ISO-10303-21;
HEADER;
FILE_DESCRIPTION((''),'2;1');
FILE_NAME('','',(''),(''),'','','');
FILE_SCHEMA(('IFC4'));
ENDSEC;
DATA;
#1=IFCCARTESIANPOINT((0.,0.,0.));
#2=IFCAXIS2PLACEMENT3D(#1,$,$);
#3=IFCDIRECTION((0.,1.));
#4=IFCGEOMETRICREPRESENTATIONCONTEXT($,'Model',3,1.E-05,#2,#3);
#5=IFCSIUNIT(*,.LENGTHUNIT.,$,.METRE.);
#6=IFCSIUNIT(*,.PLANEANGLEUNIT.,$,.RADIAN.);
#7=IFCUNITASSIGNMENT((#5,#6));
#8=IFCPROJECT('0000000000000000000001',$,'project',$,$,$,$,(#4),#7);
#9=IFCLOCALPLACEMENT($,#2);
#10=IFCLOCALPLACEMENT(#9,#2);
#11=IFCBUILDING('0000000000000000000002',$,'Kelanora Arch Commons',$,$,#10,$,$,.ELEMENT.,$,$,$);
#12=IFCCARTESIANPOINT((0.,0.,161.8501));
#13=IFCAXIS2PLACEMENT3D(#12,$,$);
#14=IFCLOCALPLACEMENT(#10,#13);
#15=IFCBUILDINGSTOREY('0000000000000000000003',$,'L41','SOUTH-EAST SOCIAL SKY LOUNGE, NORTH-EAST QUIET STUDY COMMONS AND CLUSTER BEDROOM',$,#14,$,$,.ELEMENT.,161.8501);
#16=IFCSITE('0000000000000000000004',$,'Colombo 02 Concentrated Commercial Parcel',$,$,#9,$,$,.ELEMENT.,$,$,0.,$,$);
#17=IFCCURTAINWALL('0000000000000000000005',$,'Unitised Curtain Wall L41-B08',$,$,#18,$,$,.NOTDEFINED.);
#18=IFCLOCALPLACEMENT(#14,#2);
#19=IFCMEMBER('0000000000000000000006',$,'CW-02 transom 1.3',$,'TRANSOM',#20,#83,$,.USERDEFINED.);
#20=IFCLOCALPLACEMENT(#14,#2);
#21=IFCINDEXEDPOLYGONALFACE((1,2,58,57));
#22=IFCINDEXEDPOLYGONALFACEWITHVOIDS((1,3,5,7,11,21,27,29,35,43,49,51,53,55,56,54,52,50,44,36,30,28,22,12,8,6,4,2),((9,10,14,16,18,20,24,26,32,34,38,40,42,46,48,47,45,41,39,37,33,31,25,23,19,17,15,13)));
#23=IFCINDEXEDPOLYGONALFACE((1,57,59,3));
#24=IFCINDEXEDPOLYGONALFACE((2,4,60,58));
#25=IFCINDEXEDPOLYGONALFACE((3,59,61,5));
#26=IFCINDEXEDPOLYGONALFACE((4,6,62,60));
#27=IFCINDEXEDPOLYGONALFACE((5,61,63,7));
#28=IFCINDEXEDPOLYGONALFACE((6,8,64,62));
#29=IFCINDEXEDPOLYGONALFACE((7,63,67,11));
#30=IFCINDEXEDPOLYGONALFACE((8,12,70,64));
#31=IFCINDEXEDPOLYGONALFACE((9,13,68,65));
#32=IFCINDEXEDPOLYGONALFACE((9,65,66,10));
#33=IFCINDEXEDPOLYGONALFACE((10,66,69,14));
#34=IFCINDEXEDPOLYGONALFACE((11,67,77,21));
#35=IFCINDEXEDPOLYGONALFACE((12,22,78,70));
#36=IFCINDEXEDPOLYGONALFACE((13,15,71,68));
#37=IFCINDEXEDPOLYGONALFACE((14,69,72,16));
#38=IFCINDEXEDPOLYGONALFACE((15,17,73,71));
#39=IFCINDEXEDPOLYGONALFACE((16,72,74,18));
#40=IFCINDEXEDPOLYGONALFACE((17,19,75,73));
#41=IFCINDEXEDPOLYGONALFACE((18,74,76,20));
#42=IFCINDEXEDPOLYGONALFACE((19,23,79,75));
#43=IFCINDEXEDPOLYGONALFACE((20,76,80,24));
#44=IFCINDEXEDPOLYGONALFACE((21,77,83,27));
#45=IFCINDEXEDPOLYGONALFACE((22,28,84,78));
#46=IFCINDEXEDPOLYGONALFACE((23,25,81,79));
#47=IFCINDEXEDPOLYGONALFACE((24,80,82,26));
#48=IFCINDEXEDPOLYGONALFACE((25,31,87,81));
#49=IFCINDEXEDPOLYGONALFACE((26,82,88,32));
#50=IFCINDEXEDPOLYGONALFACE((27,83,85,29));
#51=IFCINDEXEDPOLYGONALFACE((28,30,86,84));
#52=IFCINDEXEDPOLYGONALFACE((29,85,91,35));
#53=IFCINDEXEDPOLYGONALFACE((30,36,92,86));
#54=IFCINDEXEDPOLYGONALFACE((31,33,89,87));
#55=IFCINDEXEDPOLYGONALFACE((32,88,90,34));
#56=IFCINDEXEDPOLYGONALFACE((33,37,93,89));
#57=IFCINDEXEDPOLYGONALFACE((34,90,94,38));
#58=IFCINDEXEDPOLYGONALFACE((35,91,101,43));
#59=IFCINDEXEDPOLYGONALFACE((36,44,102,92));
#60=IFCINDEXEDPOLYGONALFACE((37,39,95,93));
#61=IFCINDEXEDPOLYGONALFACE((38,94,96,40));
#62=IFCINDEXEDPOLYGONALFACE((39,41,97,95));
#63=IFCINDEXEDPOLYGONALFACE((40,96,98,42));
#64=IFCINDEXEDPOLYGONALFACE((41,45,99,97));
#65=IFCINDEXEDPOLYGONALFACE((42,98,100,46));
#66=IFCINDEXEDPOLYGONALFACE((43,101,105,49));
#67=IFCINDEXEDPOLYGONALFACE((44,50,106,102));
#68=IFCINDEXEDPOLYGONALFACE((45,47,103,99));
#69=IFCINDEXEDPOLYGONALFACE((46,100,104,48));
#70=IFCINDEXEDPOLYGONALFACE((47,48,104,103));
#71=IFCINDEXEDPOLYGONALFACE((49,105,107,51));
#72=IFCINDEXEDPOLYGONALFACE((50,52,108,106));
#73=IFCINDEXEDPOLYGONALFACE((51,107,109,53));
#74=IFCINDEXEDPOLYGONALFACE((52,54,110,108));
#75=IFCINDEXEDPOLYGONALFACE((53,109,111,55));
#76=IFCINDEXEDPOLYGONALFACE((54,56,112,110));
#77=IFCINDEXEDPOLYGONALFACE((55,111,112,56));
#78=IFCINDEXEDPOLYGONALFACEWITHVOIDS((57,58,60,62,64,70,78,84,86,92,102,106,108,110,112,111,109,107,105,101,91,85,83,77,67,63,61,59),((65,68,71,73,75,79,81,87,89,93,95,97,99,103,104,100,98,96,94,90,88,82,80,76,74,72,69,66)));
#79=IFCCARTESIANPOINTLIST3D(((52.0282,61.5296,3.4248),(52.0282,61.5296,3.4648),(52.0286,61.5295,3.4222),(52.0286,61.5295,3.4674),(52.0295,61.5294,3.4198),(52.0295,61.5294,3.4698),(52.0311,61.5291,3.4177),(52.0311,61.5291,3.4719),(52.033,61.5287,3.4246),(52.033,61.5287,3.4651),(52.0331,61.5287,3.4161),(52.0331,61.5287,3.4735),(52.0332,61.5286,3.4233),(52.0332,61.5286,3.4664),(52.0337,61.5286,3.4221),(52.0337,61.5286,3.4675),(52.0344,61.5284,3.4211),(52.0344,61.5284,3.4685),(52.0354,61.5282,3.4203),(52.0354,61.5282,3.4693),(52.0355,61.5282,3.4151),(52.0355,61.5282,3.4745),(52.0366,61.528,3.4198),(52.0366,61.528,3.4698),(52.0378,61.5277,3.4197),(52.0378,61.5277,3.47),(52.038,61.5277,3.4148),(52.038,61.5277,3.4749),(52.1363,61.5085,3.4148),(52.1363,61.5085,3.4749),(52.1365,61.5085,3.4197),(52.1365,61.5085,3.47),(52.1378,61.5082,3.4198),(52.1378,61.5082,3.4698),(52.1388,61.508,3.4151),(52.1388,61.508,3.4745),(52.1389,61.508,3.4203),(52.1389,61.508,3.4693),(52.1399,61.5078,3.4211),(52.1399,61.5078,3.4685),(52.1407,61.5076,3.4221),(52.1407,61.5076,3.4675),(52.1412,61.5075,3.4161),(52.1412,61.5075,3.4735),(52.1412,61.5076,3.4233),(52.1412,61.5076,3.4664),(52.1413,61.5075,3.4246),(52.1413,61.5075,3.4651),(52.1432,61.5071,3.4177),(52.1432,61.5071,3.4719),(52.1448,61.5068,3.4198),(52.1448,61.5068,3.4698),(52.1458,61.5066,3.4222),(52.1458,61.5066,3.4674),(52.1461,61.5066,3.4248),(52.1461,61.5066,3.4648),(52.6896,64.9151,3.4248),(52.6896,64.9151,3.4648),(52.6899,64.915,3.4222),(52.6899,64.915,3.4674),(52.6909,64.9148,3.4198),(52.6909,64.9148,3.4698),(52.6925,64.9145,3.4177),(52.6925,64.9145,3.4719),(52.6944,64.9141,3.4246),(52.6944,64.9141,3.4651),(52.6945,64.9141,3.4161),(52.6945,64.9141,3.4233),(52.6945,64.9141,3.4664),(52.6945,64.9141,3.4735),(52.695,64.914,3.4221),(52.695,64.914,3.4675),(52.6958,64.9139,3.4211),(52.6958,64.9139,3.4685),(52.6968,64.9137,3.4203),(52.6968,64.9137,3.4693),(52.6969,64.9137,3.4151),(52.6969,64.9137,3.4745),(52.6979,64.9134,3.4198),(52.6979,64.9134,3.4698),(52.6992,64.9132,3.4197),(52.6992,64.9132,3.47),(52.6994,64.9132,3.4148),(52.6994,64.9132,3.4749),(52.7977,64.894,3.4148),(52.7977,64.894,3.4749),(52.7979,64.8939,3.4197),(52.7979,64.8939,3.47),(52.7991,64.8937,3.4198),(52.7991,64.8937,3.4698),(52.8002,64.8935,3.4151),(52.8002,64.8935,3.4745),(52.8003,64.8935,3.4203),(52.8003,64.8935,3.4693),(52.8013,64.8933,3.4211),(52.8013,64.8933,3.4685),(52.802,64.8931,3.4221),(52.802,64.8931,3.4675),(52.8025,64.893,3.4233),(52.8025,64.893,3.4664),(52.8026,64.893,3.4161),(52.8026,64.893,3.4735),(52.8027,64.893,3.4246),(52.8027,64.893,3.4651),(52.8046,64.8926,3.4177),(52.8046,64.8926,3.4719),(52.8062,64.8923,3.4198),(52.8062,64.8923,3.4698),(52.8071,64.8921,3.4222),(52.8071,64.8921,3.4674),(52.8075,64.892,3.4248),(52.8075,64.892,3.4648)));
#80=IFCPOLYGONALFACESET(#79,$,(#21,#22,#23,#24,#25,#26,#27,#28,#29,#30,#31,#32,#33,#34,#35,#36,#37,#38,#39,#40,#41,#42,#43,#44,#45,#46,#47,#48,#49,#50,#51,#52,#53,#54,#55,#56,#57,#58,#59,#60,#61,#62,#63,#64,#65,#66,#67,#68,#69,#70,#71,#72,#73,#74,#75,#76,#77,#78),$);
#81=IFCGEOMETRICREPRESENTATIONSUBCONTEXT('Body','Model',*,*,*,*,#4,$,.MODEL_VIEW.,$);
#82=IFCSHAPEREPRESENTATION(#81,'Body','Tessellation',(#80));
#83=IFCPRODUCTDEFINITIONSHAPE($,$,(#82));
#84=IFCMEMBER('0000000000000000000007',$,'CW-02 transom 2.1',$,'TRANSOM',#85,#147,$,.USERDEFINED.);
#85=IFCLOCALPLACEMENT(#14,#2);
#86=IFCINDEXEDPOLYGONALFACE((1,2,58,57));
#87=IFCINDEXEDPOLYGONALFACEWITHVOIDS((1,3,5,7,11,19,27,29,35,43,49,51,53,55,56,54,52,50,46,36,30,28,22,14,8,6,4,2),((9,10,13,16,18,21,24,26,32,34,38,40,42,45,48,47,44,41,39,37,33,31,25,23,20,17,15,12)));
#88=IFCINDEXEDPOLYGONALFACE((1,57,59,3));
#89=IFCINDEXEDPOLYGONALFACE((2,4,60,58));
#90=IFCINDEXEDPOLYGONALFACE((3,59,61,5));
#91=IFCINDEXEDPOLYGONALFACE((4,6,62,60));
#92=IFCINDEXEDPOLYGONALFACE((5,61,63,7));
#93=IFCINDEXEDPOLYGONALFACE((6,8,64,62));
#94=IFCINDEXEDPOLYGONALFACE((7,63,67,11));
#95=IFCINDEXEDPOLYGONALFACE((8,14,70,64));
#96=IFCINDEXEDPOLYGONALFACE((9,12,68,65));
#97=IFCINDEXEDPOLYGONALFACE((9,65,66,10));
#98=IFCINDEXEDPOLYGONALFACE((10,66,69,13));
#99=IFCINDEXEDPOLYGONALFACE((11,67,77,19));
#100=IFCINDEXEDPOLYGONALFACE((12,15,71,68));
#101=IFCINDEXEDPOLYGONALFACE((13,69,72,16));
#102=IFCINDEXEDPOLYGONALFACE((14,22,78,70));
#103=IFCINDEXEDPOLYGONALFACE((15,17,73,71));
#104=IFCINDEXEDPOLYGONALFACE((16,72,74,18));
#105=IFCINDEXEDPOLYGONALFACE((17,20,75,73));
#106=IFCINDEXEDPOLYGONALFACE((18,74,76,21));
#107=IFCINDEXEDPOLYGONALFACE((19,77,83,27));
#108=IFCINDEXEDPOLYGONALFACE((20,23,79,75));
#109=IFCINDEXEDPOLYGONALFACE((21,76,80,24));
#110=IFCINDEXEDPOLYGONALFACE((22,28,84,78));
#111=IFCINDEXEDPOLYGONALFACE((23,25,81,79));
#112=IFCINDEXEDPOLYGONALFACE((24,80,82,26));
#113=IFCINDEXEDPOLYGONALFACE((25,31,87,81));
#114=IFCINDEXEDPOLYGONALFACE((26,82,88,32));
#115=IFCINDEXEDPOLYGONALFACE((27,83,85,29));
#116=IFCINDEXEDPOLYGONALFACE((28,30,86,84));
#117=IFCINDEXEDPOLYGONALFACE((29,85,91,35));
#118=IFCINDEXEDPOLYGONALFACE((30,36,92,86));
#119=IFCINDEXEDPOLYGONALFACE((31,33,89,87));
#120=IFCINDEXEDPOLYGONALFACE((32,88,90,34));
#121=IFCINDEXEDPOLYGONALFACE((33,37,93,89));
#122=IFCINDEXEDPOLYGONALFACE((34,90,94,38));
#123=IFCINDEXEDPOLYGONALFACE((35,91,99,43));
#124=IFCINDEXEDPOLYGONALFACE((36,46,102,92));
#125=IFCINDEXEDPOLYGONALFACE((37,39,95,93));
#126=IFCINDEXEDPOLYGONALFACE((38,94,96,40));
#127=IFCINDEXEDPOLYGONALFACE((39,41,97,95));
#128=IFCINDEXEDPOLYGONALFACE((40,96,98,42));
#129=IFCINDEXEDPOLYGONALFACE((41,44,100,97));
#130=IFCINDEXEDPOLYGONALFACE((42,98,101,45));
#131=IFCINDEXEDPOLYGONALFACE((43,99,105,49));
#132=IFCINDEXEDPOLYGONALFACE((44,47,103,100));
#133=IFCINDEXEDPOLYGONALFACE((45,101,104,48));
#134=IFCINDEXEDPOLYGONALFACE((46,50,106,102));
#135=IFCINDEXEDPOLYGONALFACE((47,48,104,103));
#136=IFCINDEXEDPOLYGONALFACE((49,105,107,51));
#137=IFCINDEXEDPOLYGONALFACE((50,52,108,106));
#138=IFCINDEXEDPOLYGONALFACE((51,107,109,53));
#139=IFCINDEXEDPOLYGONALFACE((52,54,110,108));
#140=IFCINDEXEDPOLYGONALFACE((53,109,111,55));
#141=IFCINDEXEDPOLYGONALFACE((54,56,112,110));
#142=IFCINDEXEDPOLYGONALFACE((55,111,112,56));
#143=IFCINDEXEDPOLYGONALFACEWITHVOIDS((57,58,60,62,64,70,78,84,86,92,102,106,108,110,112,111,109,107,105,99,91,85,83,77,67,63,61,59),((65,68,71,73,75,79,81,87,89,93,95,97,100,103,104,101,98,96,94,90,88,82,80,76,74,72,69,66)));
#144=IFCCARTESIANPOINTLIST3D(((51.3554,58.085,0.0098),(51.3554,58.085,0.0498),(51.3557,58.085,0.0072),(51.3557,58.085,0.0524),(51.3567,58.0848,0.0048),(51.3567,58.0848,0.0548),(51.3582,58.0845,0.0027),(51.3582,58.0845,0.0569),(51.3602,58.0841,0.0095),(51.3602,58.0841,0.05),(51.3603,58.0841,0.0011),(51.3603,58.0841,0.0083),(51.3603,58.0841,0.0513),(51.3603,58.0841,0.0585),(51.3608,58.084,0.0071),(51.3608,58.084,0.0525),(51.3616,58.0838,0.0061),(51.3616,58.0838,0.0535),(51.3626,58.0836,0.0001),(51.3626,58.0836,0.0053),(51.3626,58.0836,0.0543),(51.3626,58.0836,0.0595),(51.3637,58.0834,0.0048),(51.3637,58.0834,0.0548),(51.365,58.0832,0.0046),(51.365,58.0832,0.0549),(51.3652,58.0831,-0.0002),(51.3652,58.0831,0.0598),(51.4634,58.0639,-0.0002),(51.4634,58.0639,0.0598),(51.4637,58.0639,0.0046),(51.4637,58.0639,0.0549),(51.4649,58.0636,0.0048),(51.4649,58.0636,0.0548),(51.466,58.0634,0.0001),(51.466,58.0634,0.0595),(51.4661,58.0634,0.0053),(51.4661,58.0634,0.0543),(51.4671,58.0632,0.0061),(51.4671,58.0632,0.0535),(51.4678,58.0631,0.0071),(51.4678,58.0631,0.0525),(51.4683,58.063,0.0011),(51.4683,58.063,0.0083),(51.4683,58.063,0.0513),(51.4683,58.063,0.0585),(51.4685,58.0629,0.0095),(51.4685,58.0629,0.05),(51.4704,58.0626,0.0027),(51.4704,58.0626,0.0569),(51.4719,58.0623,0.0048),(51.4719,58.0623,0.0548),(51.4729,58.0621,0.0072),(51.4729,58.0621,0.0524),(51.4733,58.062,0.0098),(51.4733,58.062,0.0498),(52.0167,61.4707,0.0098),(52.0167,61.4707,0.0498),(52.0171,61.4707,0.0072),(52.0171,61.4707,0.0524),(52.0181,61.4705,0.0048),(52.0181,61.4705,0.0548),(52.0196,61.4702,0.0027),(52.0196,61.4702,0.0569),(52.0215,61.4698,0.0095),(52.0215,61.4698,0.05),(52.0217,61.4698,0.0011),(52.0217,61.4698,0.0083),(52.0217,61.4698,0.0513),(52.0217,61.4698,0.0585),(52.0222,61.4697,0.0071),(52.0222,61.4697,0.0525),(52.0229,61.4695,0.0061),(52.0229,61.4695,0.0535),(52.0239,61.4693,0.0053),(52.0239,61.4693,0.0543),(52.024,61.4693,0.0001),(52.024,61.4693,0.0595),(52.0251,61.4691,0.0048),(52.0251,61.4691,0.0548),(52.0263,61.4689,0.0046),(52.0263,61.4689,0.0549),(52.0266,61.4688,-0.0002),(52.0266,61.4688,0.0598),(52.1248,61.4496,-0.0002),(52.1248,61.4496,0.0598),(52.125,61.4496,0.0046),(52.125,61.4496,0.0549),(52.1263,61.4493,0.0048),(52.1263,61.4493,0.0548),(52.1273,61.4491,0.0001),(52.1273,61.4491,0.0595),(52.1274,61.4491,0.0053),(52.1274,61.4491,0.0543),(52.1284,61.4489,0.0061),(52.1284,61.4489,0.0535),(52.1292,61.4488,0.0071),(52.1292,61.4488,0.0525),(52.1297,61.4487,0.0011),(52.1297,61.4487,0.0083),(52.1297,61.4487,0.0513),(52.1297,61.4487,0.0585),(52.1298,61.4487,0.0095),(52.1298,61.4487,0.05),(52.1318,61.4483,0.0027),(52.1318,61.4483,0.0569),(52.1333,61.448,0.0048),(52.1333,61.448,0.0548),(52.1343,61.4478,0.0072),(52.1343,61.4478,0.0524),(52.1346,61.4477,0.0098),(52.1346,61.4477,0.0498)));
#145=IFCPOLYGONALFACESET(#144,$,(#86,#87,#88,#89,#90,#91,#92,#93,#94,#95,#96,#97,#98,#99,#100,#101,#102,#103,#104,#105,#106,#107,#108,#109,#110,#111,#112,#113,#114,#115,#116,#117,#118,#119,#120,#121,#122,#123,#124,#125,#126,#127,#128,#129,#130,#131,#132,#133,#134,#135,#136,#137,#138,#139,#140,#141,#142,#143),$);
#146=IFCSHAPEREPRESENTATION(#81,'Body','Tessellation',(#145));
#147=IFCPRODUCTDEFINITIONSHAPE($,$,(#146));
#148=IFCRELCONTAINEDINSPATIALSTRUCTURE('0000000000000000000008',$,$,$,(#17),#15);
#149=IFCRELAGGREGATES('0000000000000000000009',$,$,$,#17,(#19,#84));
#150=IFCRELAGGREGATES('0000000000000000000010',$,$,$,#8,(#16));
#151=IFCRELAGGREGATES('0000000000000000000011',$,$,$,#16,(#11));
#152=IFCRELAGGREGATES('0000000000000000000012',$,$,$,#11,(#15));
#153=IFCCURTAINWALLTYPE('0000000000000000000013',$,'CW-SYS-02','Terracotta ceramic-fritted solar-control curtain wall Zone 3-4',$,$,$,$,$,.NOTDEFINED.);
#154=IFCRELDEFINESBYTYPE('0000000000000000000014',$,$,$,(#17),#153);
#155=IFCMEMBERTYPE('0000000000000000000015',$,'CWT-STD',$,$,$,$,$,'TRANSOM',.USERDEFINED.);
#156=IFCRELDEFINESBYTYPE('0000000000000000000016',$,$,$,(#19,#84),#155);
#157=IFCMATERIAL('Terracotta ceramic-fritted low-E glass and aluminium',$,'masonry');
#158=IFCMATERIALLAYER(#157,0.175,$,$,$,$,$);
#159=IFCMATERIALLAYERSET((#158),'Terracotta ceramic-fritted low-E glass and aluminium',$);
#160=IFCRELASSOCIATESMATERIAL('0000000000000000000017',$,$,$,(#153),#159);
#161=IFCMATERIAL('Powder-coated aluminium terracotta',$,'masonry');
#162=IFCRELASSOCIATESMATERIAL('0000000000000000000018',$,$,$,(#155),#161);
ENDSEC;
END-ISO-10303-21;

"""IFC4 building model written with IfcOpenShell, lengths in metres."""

from ifc_helpers import new_model, si_unit, direction, frame, origin, origin_2d, place, context, subcontext, project, spatial, hollow_rectangle, extrude, material, layer, layer_set, material_profile, profile_set, type_object, element, aggregate, save


model = new_model("IFC4")

# Units and contexts
model_context = context("Model", 3, precision=1e-05, world=origin(), true_north=direction((0.0, 1.0)))
body_context = subcontext(model_context, "Body", "Model", "MODEL_VIEW")
ifc_project = project(units=[si_unit("LENGTHUNIT", "METRE"), si_unit("PLANEANGLEUNIT", "RADIAN")], contexts=[model_context])

# Site, building, storey
site_placement = place(None, origin())
site = spatial("IfcSite", under=ifc_project, at=site_placement, Name="Colombo 02 Concentrated Commercial Parcel", CompositionType="ELEMENT", RefElevation=0.0)
building_placement = place(site_placement, origin())
building = spatial("IfcBuilding", under=site, at=building_placement, Name="Kelanora Arch Commons", CompositionType="ELEMENT")
storey_placement = place(building_placement, frame((0.0, 0.0, 161.8501)))
storey = spatial("IfcBuildingStorey", under=building, at=storey_placement, Name="L41", Description="SOUTH-EAST SOCIAL SKY LOUNGE, NORTH-EAST QUIET STUDY COMMONS AND CLUSTER BEDROOM", CompositionType="ELEMENT", Elevation=161.8501)

# Curtain wall, members
ifc_material_1 = material(Name="Terracotta ceramic-fritted low-E glass and aluminium", Category="masonry")
ifc_layer_1 = layer(ifc_material_1, 0.175)
ifc_layer_set_1 = layer_set([ifc_layer_1], Name="Terracotta ceramic-fritted low-E glass and aluminium")
curtain_wall_type = type_object("IfcCurtainWallType", Name="CW-SYS-02", Description="Terracotta ceramic-fritted solar-control curtain wall Zone 3-4", PredefinedType="NOTDEFINED", material=ifc_layer_set_1)
curtain_wall_placement = place(storey_placement, origin())
curtain_wall = element("IfcCurtainWall", 1, at=curtain_wall_placement, inside=storey, type_object=curtain_wall_type, Name="Unitised Curtain Wall L41-B08", PredefinedType="NOTDEFINED")
ifc_material_2 = material(Name="Powder-coated aluminium terracotta", Category="masonry")
ifc_material_profile_1 = material_profile(ifc_material_2, hollow_rectangle(XDim=0.1201, YDim=0.0601, WallThickness=0.0049, InnerFilletRadius=0.0049, OuterFilletRadius=0.01, at=origin_2d()), Name="CWT120x60")
ifc_profile_set_1 = profile_set([ifc_material_profile_1], Name="Powder-coated aluminium terracotta")
member_type_1 = type_object("IfcMemberType", Name="CWT-STD", ElementType="TRANSOM", PredefinedType="USERDEFINED", material=ifc_profile_set_1)
member_1_placement = place(storey_placement, frame((52.7485, 64.9036, 3.4448), z_axis=(-0.191732, -0.981447, 0.0), x_axis=(0.981447, -0.191732, 0.0)))
member_1 = element("IfcMember", 2, at=member_1_placement, type_object=member_type_1, Name="CW-02 transom 1.3", ObjectType="TRANSOM", PredefinedType="USERDEFINED", context=body_context, shape_type="SweptSolid", body=[
    extrude(hollow_rectangle(XDim=0.1201, YDim=0.0601, WallThickness=0.0049, InnerFilletRadius=0.0049, OuterFilletRadius=0.01, at=origin_2d()), origin(), (0.0, 0.0, 1.0), 3.4495),
])
member_2_placement = place(storey_placement, frame((52.0757, 61.4592, 0.0298), z_axis=(-0.191718, -0.98145, 0.0), x_axis=(0.98145, -0.191718, 0.0)))
member_2 = element("IfcMember", 3, at=member_2_placement, type_object=member_type_1, Name="CW-02 transom 2.1", ObjectType="TRANSOM", PredefinedType="USERDEFINED", context=body_context, shape_type="SweptSolid", body=[
    extrude(hollow_rectangle(XDim=0.1201, YDim=0.0601, WallThickness=0.0049, InnerFilletRadius=0.0049, OuterFilletRadius=0.01, at=origin_2d()), origin(), (0.0, 0.0, 1.0), 3.4497),
])
aggregate(curtain_wall, [member_1, member_2])

save(model, "model.ifc")
